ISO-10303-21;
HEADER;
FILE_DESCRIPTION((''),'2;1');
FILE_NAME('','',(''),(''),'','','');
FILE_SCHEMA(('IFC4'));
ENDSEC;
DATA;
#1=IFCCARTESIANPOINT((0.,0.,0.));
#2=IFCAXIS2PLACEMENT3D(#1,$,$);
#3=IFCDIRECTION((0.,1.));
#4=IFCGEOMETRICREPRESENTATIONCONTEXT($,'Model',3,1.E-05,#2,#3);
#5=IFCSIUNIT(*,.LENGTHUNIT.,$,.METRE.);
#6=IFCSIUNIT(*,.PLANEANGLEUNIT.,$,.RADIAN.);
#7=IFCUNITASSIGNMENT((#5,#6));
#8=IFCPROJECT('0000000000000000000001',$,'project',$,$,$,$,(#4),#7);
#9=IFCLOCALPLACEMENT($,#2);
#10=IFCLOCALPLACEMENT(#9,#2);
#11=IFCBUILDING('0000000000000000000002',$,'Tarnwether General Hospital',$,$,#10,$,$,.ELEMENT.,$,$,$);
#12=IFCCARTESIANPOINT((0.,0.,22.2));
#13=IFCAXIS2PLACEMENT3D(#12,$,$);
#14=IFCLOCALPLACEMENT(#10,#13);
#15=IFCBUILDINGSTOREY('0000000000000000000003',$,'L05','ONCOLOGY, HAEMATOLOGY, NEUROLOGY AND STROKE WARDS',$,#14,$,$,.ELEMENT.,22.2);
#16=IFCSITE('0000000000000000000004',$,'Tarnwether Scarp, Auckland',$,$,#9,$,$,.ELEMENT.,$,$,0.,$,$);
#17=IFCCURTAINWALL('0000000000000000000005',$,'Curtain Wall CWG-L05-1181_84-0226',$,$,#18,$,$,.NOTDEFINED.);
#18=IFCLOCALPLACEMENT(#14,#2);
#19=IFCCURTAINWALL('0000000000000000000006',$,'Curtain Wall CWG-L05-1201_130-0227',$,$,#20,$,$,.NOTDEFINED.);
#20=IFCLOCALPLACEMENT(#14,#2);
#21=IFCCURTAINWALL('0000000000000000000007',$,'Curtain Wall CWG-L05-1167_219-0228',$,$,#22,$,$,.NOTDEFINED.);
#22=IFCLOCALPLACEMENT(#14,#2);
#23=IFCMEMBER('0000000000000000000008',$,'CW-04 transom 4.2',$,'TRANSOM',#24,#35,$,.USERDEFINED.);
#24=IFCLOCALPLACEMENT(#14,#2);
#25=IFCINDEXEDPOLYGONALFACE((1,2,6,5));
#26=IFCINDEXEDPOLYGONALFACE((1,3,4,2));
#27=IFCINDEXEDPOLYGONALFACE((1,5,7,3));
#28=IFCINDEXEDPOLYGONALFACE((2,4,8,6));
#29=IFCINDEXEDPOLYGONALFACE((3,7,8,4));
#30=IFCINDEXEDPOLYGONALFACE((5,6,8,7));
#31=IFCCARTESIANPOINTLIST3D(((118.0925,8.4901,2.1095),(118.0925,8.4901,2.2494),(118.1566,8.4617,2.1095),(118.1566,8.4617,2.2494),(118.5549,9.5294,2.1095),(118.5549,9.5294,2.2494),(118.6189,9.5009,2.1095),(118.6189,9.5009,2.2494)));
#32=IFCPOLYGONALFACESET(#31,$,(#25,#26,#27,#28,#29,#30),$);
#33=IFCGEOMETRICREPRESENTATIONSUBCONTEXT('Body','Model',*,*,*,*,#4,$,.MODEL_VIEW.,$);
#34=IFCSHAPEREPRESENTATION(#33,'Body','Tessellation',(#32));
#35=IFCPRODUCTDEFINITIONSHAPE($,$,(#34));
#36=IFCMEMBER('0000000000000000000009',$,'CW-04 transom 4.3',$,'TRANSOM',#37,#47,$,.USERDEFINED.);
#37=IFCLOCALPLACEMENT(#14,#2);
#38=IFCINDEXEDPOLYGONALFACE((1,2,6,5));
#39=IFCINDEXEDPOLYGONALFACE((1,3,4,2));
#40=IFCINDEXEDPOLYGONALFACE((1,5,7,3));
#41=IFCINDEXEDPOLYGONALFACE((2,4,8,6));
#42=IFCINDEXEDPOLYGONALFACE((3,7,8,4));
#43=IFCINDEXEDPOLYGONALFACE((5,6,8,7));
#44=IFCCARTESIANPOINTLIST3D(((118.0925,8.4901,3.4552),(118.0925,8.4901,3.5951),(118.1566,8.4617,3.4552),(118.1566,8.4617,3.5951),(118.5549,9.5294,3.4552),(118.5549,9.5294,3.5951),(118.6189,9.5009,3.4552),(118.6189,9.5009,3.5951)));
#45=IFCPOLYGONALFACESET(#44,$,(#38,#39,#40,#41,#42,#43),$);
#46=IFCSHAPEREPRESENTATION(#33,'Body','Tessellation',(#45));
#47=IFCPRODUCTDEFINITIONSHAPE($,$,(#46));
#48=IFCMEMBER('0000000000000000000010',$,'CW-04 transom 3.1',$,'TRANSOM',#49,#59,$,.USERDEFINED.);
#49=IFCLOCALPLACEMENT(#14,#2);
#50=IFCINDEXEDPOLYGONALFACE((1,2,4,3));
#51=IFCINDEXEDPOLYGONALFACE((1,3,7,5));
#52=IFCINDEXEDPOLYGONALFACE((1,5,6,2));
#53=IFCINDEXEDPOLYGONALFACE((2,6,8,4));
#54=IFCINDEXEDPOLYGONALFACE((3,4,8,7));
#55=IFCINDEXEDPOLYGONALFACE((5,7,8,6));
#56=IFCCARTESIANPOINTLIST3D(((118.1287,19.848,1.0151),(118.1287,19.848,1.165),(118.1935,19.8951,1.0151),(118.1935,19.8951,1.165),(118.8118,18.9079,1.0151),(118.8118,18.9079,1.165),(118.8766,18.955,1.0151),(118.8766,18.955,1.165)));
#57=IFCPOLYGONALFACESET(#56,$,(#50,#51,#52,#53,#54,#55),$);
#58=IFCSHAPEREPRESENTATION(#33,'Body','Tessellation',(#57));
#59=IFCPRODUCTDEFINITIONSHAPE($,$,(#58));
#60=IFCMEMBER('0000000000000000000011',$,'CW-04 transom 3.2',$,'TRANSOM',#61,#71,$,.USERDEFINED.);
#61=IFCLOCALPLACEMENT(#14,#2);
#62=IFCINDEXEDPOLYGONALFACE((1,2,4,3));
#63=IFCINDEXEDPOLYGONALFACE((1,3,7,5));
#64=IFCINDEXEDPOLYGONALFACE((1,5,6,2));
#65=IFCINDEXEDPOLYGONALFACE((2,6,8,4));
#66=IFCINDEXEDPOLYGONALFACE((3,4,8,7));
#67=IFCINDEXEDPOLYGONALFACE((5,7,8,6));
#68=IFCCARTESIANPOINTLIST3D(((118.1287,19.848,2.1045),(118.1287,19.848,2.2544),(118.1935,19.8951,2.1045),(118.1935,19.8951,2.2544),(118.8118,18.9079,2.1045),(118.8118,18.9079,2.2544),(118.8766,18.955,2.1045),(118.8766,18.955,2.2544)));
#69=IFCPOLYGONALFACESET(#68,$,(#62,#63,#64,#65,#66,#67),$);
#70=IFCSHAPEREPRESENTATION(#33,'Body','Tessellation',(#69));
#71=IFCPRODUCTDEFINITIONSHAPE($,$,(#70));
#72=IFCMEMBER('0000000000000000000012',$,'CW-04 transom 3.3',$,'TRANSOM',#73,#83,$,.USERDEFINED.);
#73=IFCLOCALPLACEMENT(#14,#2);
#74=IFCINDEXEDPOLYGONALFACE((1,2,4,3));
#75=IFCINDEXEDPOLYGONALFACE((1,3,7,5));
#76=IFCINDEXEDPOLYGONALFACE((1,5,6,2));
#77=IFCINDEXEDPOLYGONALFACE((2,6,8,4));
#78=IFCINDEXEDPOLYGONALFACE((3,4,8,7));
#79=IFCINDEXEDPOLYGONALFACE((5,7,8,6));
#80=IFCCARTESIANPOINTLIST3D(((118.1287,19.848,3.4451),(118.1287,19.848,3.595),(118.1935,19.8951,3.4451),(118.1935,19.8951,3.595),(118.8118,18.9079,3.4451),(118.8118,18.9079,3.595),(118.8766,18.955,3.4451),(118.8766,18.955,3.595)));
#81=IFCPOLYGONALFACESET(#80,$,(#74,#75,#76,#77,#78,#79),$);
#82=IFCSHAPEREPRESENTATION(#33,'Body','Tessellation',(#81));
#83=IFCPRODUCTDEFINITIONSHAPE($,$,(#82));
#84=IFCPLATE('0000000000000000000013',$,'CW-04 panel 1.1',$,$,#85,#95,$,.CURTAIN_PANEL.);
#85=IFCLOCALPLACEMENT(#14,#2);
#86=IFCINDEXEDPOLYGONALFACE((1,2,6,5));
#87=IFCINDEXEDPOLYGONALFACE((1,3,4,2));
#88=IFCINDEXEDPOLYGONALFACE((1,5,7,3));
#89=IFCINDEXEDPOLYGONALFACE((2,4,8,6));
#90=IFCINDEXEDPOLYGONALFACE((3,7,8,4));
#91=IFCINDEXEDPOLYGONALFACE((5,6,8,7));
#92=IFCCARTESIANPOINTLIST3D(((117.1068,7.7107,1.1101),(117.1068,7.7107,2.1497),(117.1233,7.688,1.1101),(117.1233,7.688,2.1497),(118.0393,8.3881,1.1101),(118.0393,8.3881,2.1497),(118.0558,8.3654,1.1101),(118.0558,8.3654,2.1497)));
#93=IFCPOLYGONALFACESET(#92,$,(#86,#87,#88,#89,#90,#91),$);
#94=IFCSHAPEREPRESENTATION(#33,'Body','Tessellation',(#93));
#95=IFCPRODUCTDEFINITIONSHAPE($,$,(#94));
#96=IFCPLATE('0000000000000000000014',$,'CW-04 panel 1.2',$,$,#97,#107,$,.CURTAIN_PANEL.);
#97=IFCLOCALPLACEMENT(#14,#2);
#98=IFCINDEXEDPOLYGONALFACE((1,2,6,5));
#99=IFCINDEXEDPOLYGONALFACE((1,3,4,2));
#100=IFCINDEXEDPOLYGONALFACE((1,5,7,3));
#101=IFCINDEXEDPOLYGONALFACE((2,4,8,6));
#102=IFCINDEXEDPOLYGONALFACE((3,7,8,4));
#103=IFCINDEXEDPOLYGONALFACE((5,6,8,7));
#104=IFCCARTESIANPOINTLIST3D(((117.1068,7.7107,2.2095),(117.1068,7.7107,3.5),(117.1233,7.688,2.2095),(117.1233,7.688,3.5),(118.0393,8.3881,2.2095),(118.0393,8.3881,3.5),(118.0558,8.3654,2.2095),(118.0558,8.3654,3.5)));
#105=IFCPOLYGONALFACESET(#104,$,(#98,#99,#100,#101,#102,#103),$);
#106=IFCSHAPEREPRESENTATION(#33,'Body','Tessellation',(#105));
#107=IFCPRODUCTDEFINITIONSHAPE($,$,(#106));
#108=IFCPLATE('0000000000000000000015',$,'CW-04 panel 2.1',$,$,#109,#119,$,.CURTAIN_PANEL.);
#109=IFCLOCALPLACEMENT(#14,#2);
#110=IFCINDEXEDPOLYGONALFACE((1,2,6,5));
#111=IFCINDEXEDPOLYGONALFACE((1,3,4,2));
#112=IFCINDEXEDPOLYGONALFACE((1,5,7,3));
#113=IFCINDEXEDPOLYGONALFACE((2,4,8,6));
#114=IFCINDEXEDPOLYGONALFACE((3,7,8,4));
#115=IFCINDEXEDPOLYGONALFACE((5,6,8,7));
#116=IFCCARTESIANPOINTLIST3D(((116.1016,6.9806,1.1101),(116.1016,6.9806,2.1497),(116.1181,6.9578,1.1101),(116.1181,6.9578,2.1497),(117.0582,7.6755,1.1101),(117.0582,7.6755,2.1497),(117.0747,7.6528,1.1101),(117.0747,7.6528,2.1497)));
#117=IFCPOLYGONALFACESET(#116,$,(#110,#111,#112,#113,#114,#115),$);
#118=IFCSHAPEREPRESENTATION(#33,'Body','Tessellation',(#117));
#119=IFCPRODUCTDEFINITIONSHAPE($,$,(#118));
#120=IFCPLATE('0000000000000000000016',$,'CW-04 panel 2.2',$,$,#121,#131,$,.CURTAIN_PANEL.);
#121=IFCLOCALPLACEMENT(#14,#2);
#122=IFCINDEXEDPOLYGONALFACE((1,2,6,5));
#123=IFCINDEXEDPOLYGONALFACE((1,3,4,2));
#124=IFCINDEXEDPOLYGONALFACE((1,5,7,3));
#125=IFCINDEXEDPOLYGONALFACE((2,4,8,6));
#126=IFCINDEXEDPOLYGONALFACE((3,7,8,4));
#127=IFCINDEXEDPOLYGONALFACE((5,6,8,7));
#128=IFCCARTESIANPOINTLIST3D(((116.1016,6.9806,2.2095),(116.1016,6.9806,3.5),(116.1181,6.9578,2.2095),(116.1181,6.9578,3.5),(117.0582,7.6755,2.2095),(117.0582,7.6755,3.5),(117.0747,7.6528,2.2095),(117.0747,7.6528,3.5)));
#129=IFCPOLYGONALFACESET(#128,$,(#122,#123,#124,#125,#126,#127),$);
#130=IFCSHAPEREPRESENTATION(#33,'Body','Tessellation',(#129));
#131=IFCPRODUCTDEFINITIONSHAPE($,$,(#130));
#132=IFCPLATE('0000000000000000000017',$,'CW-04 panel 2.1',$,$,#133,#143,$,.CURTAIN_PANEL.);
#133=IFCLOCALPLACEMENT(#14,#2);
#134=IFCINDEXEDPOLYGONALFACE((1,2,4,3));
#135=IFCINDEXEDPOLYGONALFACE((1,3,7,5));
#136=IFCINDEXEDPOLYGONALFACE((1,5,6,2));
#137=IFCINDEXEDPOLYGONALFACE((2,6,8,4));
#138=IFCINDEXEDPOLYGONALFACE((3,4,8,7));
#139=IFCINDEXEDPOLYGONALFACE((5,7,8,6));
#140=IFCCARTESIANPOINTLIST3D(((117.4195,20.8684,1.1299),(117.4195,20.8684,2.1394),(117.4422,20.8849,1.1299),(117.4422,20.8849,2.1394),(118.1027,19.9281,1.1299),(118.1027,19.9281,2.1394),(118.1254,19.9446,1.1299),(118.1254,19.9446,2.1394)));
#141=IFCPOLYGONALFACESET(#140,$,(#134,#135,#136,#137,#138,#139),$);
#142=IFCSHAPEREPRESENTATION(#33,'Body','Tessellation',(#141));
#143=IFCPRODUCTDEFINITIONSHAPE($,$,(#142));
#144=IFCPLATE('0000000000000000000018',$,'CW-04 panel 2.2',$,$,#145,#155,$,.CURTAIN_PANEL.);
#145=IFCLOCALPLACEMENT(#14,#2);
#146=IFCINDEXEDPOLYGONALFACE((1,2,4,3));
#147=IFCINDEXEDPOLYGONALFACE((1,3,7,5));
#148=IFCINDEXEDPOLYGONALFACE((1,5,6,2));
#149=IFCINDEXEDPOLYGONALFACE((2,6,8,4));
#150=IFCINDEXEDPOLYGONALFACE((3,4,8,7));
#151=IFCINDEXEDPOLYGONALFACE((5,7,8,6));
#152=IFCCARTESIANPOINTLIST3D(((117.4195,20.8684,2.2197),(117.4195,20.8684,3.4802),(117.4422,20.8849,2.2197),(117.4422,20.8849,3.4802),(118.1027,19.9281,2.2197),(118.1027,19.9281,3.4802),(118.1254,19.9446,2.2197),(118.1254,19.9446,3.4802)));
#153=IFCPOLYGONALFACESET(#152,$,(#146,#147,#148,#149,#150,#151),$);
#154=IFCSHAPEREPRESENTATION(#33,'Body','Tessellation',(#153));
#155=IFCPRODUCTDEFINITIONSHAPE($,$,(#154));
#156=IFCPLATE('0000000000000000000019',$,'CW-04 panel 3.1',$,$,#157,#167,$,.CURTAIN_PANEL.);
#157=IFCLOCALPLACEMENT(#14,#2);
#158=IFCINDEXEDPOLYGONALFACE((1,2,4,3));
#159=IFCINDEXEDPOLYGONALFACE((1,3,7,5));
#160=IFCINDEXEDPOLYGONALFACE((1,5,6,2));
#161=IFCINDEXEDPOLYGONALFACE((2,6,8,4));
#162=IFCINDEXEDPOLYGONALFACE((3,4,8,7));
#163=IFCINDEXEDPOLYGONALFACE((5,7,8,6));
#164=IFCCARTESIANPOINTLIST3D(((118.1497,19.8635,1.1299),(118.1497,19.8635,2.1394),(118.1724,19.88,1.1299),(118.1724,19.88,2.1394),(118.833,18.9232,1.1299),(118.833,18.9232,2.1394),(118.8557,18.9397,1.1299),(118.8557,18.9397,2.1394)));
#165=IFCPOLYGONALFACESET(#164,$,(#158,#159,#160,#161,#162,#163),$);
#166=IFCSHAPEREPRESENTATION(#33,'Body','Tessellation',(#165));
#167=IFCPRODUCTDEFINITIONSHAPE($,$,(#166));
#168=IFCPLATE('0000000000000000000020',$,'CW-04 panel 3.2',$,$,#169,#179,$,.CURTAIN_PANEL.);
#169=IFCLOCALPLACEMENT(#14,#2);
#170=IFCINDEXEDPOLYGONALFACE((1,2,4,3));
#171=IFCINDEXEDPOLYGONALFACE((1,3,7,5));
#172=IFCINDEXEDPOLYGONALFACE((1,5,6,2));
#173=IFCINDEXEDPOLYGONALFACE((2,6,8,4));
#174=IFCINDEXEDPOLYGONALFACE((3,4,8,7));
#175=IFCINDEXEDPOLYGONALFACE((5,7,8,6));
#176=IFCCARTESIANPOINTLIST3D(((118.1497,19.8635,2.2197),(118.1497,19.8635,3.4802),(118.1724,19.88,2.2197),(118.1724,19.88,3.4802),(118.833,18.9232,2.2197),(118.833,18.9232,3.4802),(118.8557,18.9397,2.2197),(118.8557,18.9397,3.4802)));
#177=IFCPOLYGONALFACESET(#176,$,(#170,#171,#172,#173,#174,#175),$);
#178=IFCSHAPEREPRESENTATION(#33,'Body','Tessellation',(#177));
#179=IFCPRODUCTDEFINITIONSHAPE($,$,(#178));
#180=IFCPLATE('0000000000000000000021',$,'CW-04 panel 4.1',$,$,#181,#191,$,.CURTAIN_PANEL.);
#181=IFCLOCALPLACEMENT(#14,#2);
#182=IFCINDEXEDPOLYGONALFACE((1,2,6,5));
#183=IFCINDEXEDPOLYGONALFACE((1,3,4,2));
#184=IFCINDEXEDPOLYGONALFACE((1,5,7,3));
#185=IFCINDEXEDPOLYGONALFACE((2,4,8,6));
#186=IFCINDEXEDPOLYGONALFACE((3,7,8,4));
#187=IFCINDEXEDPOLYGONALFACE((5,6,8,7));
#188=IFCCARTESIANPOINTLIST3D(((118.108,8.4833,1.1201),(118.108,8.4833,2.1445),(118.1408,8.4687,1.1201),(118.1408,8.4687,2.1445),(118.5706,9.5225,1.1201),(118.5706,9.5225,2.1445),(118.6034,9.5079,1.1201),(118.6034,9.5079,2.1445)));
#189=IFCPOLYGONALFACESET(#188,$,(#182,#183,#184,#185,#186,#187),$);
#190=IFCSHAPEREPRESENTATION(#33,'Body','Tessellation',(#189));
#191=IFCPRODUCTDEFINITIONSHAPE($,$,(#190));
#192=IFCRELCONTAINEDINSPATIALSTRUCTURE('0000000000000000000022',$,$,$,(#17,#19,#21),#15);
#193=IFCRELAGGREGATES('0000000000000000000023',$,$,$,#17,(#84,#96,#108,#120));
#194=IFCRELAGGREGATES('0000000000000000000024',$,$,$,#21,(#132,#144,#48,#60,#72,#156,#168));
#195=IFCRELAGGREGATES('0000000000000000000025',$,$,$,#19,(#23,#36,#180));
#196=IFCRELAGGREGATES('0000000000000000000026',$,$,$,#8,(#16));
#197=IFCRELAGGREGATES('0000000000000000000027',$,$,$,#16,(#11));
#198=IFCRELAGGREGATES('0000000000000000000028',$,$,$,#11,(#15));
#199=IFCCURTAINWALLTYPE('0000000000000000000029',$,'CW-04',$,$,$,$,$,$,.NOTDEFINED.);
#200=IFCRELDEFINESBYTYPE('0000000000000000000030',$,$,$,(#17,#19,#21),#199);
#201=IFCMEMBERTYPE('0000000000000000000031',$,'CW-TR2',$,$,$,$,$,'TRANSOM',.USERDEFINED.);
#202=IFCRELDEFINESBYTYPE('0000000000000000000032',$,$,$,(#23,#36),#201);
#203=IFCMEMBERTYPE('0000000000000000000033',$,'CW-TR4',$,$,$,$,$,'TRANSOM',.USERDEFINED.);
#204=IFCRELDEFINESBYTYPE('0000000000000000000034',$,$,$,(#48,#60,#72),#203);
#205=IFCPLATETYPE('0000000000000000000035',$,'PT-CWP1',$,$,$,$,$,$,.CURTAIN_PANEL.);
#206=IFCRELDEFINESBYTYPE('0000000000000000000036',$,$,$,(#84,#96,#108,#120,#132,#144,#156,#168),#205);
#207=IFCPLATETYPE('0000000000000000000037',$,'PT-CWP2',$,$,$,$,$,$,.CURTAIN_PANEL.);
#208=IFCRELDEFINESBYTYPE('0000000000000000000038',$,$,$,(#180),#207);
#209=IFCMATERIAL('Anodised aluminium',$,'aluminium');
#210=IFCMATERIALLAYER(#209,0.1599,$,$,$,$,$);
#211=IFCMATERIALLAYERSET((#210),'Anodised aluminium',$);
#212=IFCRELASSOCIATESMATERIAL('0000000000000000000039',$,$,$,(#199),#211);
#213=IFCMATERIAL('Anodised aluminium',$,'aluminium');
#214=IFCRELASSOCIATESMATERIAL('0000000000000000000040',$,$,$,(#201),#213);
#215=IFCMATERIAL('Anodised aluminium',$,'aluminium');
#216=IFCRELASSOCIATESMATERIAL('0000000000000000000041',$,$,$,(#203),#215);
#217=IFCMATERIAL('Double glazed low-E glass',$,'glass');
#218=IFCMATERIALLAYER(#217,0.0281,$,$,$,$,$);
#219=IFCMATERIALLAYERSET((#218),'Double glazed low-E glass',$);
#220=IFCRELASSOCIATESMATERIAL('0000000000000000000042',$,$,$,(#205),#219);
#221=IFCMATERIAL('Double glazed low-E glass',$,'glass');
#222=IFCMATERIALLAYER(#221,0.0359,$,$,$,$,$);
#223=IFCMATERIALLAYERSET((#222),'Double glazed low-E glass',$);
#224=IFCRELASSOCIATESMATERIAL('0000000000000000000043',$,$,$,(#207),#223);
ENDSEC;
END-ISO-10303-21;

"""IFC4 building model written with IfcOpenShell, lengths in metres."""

from ifc_helpers import new_model, si_unit, direction, frame, origin, origin_2d, place, context, subcontext, project, spatial, rectangle, extrude, material, layer, layer_set, material_profile, profile_set, type_object, element, aggregate, save


model = new_model("IFC4")

# Units and contexts
model_context = context("Model", 3, precision=1e-05, world=origin(), true_north=direction((0.0, 1.0)))
body_context = subcontext(model_context, "Body", "Model", "MODEL_VIEW")
ifc_project = project(units=[si_unit("LENGTHUNIT", "METRE"), si_unit("PLANEANGLEUNIT", "RADIAN")], contexts=[model_context])

# Site, building, storey
site_placement = place(None, origin())
site = spatial("IfcSite", under=ifc_project, at=site_placement, Name="Tarnwether Scarp, Auckland", CompositionType="ELEMENT", RefElevation=0.0)
building_placement = place(site_placement, origin())
building = spatial("IfcBuilding", under=site, at=building_placement, Name="Tarnwether General Hospital", CompositionType="ELEMENT")
storey_placement = place(building_placement, frame((0.0, 0.0, 22.2)))
storey = spatial("IfcBuildingStorey", under=building, at=storey_placement, Name="L05", Description="ONCOLOGY, HAEMATOLOGY, NEUROLOGY AND STROKE WARDS", CompositionType="ELEMENT", Elevation=22.2)

# Curtain wall
ifc_material_1 = material(Name="Anodised aluminium", Category="aluminium")
ifc_layer_1 = layer(ifc_material_1, 0.1599)
ifc_layer_set_1 = layer_set([ifc_layer_1], Name="Anodised aluminium")
curtain_wall_type = type_object("IfcCurtainWallType", Name="CW-04", PredefinedType="NOTDEFINED", material=ifc_layer_set_1)
curtain_wall_1_placement = place(storey_placement, origin())
curtain_wall_1 = element("IfcCurtainWall", 1, at=curtain_wall_1_placement, inside=storey, type_object=curtain_wall_type, Name="Curtain Wall CWG-L05-1181_84-0226", PredefinedType="NOTDEFINED")

# Curtain walls
curtain_wall_2_placement = place(storey_placement, origin())
curtain_wall_2 = element("IfcCurtainWall", 2, at=curtain_wall_2_placement, inside=storey, type_object=curtain_wall_type, Name="Curtain Wall CWG-L05-1201_130-0227", PredefinedType="NOTDEFINED")
curtain_wall_3_placement = place(storey_placement, origin())
curtain_wall_3 = element("IfcCurtainWall", 3, at=curtain_wall_3_placement, inside=storey, type_object=curtain_wall_type, Name="Curtain Wall CWG-L05-1167_219-0228", PredefinedType="NOTDEFINED")

# Members
ifc_material_2 = material(Name="Anodised aluminium", Category="aluminium")
ifc_material_profile_1 = material_profile(ifc_material_2, rectangle(XDim=0.0701, YDim=0.1399, at=origin_2d()), Name="ALU-TRN-70x140")
ifc_profile_set_1 = profile_set([ifc_material_profile_1], Name="Anodised aluminium")
member_type_1 = type_object("IfcMemberType", Name="CW-TR2", ElementType="TRANSOM", PredefinedType="USERDEFINED", material=ifc_profile_set_1)
member_1_placement = place(storey_placement, frame((118.5869, 9.5151, 2.1794), z_axis=(-0.406497, -0.913652, 0.0), x_axis=(0.913652, -0.406497, 0.0)))
member_1 = element("IfcMember", 4, at=member_1_placement, type_object=member_type_1, Name="CW-04 transom 4.2", ObjectType="TRANSOM", PredefinedType="USERDEFINED", context=body_context, shape_type="SweptSolid", body=[
    extrude(rectangle(XDim=0.0701, YDim=0.1399, at=origin_2d()), origin(), (0.0, 0.0, 1.0), 1.1375),
])
member_2_placement = place(storey_placement, frame((118.5869, 9.5151, 3.5251), z_axis=(-0.406497, -0.913652, 0.0), x_axis=(0.913652, -0.406497, 0.0)))
member_2 = element("IfcMember", 5, at=member_2_placement, type_object=member_type_1, Name="CW-04 transom 4.3", ObjectType="TRANSOM", PredefinedType="USERDEFINED", context=body_context, shape_type="SweptSolid", body=[
    extrude(rectangle(XDim=0.0701, YDim=0.1399, at=origin_2d()), origin(), (0.0, 0.0, 1.0), 1.1375),
])
ifc_material_3 = material(Name="Anodised aluminium", Category="aluminium")
ifc_material_profile_2 = material_profile(ifc_material_3, rectangle(XDim=0.0801, YDim=0.1499, at=origin_2d()), Name="ALU-TRN-80x150")
ifc_profile_set_2 = profile_set([ifc_material_profile_2], Name="Anodised aluminium")
member_type_2 = type_object("IfcMemberType", Name="CW-TR4", ElementType="TRANSOM", PredefinedType="USERDEFINED", material=ifc_profile_set_2)
member_3_placement = place(storey_placement, frame((118.1611, 19.8716, 1.0901), z_axis=(0.587797, -0.809009, 0.0), x_axis=(0.809009, 0.587797, 0.0)))
member_3 = element("IfcMember", 6, at=member_3_placement, type_object=member_type_2, Name="CW-04 transom 3.1", ObjectType="TRANSOM", PredefinedType="USERDEFINED", context=body_context, shape_type="SweptSolid", body=[
    extrude(rectangle(XDim=0.0801, YDim=0.1499, at=origin_2d()), origin(), (0.0, 0.0, 1.0), 1.1621),
])
member_4_placement = place(storey_placement, frame((118.1611, 19.8716, 2.1794), z_axis=(0.587797, -0.809009, 0.0), x_axis=(0.809009, 0.587797, 0.0)))
member_4 = element("IfcMember", 7, at=member_4_placement, type_object=member_type_2, Name="CW-04 transom 3.2", ObjectType="TRANSOM", PredefinedType="USERDEFINED", context=body_context, shape_type="SweptSolid", body=[
    extrude(rectangle(XDim=0.0801, YDim=0.1499, at=origin_2d()), origin(), (0.0, 0.0, 1.0), 1.1621),
])
member_5_placement = place(storey_placement, frame((118.1611, 19.8716, 3.52), z_axis=(0.587797, -0.809009, 0.0), x_axis=(0.809009, 0.587797, 0.0)))
member_5 = element("IfcMember", 8, at=member_5_placement, type_object=member_type_2, Name="CW-04 transom 3.3", ObjectType="TRANSOM", PredefinedType="USERDEFINED", context=body_context, shape_type="SweptSolid", body=[
    extrude(rectangle(XDim=0.0801, YDim=0.1499, at=origin_2d()), origin(), (0.0, 0.0, 1.0), 1.1621),
])

# Plates
ifc_material_4 = material(Name="Double glazed low-E glass", Category="glass")
ifc_layer_2 = layer(ifc_material_4, 0.0281)
ifc_layer_set_2 = layer_set([ifc_layer_2], Name="Double glazed low-E glass")
plate_type_1 = type_object("IfcPlateType", Name="PT-CWP1", PredefinedType="CURTAIN_PANEL", material=ifc_layer_set_2)
plate_1_placement = place(storey_placement, frame((117.5813, 8.0381, 1.1101), z_axis=(0.0, 0.0, 1.0), x_axis=(-0.809058, -0.587729, 0.0)))
plate_1 = element("IfcPlate", 9, at=plate_1_placement, type_object=plate_type_1, Name="CW-04 panel 1.1", PredefinedType="CURTAIN_PANEL", context=body_context, shape_type="SweptSolid", body=[
    extrude(rectangle(XDim=1.1526, YDim=0.0281, at=origin_2d()), origin(), (0.0, 0.0, 1.0), 1.0396),
])
plate_2_placement = place(storey_placement, frame((117.5813, 8.0381, 2.2095), z_axis=(0.0, 0.0, 1.0), x_axis=(-0.809058, -0.587729, 0.0)))
plate_2 = element("IfcPlate", 10, at=plate_2_placement, type_object=plate_type_1, Name="CW-04 panel 1.2", PredefinedType="CURTAIN_PANEL", context=body_context, shape_type="SweptSolid", body=[
    extrude(rectangle(XDim=1.1526, YDim=0.0281, at=origin_2d()), origin(), (0.0, 0.0, 1.0), 1.2905),
])
plate_3_placement = place(storey_placement, frame((116.5881, 7.3167, 1.1101), z_axis=(0.0, 0.0, 1.0), x_axis=(-0.809058, -0.587729, 0.0)))
plate_3 = element("IfcPlate", 11, at=plate_3_placement, type_object=plate_type_1, Name="CW-04 panel 2.1", PredefinedType="CURTAIN_PANEL", context=body_context, shape_type="SweptSolid", body=[
    extrude(rectangle(XDim=1.1824, YDim=0.0281, at=origin_2d()), origin(), (0.0, 0.0, 1.0), 1.0396),
])
plate_4_placement = place(storey_placement, frame((116.5881, 7.3167, 2.2095), z_axis=(0.0, 0.0, 1.0), x_axis=(-0.809058, -0.587729, 0.0)))
plate_4 = element("IfcPlate", 12, at=plate_4_placement, type_object=plate_type_1, Name="CW-04 panel 2.2", PredefinedType="CURTAIN_PANEL", context=body_context, shape_type="SweptSolid", body=[
    extrude(rectangle(XDim=1.1824, YDim=0.0281, at=origin_2d()), origin(), (0.0, 0.0, 1.0), 1.2905),
])
aggregate(curtain_wall_1, [plate_1, plate_2, plate_3, plate_4])
plate_5_placement = place(storey_placement, frame((117.7725, 20.4065, 1.1299), z_axis=(0.0, 0.0, 1.0), x_axis=(0.587825, -0.808988, 0.0)))
plate_5 = element("IfcPlate", 13, at=plate_5_placement, type_object=plate_type_1, Name="CW-04 panel 2.1", PredefinedType="CURTAIN_PANEL", context=body_context, shape_type="SweptSolid", body=[
    extrude(rectangle(XDim=1.1624, YDim=0.0281, at=origin_2d()), origin(), (0.0, 0.0, 1.0), 1.0095),
])
plate_6_placement = place(storey_placement, frame((117.7725, 20.4065, 2.2197), z_axis=(0.0, 0.0, 1.0), x_axis=(0.587825, -0.808988, 0.0)))
plate_6 = element("IfcPlate", 14, at=plate_6_placement, type_object=plate_type_1, Name="CW-04 panel 2.2", PredefinedType="CURTAIN_PANEL", context=body_context, shape_type="SweptSolid", body=[
    extrude(rectangle(XDim=1.1624, YDim=0.0281, at=origin_2d()), origin(), (0.0, 0.0, 1.0), 1.2605),
])
plate_7_placement = place(storey_placement, frame((118.5027, 19.4016, 1.1299), z_axis=(0.0, 0.0, 1.0), x_axis=(0.587825, -0.808988, 0.0)))
plate_7 = element("IfcPlate", 15, at=plate_7_placement, type_object=plate_type_1, Name="CW-04 panel 3.1", PredefinedType="CURTAIN_PANEL", context=body_context, shape_type="SweptSolid", body=[
    extrude(rectangle(XDim=1.1624, YDim=0.0281, at=origin_2d()), origin(), (0.0, 0.0, 1.0), 1.0095),
])
plate_8_placement = place(storey_placement, frame((118.5027, 19.4016, 2.2197), z_axis=(0.0, 0.0, 1.0), x_axis=(0.587825, -0.808988, 0.0)))
plate_8 = element("IfcPlate", 16, at=plate_8_placement, type_object=plate_type_1, Name="CW-04 panel 3.2", PredefinedType="CURTAIN_PANEL", context=body_context, shape_type="SweptSolid", body=[
    extrude(rectangle(XDim=1.1624, YDim=0.0281, at=origin_2d()), origin(), (0.0, 0.0, 1.0), 1.2605),
])
aggregate(curtain_wall_3, [plate_5, plate_6, member_3, member_4, member_5, plate_7, plate_8])
ifc_material_5 = material(Name="Double glazed low-E glass", Category="glass")
ifc_layer_3 = layer(ifc_material_5, 0.0359)
ifc_layer_set_3 = layer_set([ifc_layer_3], Name="Double glazed low-E glass")
plate_type_2 = type_object("IfcPlateType", Name="PT-CWP2", PredefinedType="CURTAIN_PANEL", material=ifc_layer_set_3)
plate_9_placement = place(storey_placement, frame((118.3557, 8.9956, 1.1201), z_axis=(0.0, 0.0, 1.0), x_axis=(-0.40668, -0.913571, 0.0)))
plate_9 = element("IfcPlate", 17, at=plate_9_placement, type_object=plate_type_2, Name="CW-04 panel 4.1", PredefinedType="CURTAIN_PANEL", context=body_context, shape_type="SweptSolid", body=[
    extrude(rectangle(XDim=1.1375, YDim=0.0359, at=origin_2d()), origin(), (0.0, 0.0, 1.0), 1.0244),
])
aggregate(curtain_wall_2, [member_1, member_2, plate_9])

save(model, "model.ifc")
